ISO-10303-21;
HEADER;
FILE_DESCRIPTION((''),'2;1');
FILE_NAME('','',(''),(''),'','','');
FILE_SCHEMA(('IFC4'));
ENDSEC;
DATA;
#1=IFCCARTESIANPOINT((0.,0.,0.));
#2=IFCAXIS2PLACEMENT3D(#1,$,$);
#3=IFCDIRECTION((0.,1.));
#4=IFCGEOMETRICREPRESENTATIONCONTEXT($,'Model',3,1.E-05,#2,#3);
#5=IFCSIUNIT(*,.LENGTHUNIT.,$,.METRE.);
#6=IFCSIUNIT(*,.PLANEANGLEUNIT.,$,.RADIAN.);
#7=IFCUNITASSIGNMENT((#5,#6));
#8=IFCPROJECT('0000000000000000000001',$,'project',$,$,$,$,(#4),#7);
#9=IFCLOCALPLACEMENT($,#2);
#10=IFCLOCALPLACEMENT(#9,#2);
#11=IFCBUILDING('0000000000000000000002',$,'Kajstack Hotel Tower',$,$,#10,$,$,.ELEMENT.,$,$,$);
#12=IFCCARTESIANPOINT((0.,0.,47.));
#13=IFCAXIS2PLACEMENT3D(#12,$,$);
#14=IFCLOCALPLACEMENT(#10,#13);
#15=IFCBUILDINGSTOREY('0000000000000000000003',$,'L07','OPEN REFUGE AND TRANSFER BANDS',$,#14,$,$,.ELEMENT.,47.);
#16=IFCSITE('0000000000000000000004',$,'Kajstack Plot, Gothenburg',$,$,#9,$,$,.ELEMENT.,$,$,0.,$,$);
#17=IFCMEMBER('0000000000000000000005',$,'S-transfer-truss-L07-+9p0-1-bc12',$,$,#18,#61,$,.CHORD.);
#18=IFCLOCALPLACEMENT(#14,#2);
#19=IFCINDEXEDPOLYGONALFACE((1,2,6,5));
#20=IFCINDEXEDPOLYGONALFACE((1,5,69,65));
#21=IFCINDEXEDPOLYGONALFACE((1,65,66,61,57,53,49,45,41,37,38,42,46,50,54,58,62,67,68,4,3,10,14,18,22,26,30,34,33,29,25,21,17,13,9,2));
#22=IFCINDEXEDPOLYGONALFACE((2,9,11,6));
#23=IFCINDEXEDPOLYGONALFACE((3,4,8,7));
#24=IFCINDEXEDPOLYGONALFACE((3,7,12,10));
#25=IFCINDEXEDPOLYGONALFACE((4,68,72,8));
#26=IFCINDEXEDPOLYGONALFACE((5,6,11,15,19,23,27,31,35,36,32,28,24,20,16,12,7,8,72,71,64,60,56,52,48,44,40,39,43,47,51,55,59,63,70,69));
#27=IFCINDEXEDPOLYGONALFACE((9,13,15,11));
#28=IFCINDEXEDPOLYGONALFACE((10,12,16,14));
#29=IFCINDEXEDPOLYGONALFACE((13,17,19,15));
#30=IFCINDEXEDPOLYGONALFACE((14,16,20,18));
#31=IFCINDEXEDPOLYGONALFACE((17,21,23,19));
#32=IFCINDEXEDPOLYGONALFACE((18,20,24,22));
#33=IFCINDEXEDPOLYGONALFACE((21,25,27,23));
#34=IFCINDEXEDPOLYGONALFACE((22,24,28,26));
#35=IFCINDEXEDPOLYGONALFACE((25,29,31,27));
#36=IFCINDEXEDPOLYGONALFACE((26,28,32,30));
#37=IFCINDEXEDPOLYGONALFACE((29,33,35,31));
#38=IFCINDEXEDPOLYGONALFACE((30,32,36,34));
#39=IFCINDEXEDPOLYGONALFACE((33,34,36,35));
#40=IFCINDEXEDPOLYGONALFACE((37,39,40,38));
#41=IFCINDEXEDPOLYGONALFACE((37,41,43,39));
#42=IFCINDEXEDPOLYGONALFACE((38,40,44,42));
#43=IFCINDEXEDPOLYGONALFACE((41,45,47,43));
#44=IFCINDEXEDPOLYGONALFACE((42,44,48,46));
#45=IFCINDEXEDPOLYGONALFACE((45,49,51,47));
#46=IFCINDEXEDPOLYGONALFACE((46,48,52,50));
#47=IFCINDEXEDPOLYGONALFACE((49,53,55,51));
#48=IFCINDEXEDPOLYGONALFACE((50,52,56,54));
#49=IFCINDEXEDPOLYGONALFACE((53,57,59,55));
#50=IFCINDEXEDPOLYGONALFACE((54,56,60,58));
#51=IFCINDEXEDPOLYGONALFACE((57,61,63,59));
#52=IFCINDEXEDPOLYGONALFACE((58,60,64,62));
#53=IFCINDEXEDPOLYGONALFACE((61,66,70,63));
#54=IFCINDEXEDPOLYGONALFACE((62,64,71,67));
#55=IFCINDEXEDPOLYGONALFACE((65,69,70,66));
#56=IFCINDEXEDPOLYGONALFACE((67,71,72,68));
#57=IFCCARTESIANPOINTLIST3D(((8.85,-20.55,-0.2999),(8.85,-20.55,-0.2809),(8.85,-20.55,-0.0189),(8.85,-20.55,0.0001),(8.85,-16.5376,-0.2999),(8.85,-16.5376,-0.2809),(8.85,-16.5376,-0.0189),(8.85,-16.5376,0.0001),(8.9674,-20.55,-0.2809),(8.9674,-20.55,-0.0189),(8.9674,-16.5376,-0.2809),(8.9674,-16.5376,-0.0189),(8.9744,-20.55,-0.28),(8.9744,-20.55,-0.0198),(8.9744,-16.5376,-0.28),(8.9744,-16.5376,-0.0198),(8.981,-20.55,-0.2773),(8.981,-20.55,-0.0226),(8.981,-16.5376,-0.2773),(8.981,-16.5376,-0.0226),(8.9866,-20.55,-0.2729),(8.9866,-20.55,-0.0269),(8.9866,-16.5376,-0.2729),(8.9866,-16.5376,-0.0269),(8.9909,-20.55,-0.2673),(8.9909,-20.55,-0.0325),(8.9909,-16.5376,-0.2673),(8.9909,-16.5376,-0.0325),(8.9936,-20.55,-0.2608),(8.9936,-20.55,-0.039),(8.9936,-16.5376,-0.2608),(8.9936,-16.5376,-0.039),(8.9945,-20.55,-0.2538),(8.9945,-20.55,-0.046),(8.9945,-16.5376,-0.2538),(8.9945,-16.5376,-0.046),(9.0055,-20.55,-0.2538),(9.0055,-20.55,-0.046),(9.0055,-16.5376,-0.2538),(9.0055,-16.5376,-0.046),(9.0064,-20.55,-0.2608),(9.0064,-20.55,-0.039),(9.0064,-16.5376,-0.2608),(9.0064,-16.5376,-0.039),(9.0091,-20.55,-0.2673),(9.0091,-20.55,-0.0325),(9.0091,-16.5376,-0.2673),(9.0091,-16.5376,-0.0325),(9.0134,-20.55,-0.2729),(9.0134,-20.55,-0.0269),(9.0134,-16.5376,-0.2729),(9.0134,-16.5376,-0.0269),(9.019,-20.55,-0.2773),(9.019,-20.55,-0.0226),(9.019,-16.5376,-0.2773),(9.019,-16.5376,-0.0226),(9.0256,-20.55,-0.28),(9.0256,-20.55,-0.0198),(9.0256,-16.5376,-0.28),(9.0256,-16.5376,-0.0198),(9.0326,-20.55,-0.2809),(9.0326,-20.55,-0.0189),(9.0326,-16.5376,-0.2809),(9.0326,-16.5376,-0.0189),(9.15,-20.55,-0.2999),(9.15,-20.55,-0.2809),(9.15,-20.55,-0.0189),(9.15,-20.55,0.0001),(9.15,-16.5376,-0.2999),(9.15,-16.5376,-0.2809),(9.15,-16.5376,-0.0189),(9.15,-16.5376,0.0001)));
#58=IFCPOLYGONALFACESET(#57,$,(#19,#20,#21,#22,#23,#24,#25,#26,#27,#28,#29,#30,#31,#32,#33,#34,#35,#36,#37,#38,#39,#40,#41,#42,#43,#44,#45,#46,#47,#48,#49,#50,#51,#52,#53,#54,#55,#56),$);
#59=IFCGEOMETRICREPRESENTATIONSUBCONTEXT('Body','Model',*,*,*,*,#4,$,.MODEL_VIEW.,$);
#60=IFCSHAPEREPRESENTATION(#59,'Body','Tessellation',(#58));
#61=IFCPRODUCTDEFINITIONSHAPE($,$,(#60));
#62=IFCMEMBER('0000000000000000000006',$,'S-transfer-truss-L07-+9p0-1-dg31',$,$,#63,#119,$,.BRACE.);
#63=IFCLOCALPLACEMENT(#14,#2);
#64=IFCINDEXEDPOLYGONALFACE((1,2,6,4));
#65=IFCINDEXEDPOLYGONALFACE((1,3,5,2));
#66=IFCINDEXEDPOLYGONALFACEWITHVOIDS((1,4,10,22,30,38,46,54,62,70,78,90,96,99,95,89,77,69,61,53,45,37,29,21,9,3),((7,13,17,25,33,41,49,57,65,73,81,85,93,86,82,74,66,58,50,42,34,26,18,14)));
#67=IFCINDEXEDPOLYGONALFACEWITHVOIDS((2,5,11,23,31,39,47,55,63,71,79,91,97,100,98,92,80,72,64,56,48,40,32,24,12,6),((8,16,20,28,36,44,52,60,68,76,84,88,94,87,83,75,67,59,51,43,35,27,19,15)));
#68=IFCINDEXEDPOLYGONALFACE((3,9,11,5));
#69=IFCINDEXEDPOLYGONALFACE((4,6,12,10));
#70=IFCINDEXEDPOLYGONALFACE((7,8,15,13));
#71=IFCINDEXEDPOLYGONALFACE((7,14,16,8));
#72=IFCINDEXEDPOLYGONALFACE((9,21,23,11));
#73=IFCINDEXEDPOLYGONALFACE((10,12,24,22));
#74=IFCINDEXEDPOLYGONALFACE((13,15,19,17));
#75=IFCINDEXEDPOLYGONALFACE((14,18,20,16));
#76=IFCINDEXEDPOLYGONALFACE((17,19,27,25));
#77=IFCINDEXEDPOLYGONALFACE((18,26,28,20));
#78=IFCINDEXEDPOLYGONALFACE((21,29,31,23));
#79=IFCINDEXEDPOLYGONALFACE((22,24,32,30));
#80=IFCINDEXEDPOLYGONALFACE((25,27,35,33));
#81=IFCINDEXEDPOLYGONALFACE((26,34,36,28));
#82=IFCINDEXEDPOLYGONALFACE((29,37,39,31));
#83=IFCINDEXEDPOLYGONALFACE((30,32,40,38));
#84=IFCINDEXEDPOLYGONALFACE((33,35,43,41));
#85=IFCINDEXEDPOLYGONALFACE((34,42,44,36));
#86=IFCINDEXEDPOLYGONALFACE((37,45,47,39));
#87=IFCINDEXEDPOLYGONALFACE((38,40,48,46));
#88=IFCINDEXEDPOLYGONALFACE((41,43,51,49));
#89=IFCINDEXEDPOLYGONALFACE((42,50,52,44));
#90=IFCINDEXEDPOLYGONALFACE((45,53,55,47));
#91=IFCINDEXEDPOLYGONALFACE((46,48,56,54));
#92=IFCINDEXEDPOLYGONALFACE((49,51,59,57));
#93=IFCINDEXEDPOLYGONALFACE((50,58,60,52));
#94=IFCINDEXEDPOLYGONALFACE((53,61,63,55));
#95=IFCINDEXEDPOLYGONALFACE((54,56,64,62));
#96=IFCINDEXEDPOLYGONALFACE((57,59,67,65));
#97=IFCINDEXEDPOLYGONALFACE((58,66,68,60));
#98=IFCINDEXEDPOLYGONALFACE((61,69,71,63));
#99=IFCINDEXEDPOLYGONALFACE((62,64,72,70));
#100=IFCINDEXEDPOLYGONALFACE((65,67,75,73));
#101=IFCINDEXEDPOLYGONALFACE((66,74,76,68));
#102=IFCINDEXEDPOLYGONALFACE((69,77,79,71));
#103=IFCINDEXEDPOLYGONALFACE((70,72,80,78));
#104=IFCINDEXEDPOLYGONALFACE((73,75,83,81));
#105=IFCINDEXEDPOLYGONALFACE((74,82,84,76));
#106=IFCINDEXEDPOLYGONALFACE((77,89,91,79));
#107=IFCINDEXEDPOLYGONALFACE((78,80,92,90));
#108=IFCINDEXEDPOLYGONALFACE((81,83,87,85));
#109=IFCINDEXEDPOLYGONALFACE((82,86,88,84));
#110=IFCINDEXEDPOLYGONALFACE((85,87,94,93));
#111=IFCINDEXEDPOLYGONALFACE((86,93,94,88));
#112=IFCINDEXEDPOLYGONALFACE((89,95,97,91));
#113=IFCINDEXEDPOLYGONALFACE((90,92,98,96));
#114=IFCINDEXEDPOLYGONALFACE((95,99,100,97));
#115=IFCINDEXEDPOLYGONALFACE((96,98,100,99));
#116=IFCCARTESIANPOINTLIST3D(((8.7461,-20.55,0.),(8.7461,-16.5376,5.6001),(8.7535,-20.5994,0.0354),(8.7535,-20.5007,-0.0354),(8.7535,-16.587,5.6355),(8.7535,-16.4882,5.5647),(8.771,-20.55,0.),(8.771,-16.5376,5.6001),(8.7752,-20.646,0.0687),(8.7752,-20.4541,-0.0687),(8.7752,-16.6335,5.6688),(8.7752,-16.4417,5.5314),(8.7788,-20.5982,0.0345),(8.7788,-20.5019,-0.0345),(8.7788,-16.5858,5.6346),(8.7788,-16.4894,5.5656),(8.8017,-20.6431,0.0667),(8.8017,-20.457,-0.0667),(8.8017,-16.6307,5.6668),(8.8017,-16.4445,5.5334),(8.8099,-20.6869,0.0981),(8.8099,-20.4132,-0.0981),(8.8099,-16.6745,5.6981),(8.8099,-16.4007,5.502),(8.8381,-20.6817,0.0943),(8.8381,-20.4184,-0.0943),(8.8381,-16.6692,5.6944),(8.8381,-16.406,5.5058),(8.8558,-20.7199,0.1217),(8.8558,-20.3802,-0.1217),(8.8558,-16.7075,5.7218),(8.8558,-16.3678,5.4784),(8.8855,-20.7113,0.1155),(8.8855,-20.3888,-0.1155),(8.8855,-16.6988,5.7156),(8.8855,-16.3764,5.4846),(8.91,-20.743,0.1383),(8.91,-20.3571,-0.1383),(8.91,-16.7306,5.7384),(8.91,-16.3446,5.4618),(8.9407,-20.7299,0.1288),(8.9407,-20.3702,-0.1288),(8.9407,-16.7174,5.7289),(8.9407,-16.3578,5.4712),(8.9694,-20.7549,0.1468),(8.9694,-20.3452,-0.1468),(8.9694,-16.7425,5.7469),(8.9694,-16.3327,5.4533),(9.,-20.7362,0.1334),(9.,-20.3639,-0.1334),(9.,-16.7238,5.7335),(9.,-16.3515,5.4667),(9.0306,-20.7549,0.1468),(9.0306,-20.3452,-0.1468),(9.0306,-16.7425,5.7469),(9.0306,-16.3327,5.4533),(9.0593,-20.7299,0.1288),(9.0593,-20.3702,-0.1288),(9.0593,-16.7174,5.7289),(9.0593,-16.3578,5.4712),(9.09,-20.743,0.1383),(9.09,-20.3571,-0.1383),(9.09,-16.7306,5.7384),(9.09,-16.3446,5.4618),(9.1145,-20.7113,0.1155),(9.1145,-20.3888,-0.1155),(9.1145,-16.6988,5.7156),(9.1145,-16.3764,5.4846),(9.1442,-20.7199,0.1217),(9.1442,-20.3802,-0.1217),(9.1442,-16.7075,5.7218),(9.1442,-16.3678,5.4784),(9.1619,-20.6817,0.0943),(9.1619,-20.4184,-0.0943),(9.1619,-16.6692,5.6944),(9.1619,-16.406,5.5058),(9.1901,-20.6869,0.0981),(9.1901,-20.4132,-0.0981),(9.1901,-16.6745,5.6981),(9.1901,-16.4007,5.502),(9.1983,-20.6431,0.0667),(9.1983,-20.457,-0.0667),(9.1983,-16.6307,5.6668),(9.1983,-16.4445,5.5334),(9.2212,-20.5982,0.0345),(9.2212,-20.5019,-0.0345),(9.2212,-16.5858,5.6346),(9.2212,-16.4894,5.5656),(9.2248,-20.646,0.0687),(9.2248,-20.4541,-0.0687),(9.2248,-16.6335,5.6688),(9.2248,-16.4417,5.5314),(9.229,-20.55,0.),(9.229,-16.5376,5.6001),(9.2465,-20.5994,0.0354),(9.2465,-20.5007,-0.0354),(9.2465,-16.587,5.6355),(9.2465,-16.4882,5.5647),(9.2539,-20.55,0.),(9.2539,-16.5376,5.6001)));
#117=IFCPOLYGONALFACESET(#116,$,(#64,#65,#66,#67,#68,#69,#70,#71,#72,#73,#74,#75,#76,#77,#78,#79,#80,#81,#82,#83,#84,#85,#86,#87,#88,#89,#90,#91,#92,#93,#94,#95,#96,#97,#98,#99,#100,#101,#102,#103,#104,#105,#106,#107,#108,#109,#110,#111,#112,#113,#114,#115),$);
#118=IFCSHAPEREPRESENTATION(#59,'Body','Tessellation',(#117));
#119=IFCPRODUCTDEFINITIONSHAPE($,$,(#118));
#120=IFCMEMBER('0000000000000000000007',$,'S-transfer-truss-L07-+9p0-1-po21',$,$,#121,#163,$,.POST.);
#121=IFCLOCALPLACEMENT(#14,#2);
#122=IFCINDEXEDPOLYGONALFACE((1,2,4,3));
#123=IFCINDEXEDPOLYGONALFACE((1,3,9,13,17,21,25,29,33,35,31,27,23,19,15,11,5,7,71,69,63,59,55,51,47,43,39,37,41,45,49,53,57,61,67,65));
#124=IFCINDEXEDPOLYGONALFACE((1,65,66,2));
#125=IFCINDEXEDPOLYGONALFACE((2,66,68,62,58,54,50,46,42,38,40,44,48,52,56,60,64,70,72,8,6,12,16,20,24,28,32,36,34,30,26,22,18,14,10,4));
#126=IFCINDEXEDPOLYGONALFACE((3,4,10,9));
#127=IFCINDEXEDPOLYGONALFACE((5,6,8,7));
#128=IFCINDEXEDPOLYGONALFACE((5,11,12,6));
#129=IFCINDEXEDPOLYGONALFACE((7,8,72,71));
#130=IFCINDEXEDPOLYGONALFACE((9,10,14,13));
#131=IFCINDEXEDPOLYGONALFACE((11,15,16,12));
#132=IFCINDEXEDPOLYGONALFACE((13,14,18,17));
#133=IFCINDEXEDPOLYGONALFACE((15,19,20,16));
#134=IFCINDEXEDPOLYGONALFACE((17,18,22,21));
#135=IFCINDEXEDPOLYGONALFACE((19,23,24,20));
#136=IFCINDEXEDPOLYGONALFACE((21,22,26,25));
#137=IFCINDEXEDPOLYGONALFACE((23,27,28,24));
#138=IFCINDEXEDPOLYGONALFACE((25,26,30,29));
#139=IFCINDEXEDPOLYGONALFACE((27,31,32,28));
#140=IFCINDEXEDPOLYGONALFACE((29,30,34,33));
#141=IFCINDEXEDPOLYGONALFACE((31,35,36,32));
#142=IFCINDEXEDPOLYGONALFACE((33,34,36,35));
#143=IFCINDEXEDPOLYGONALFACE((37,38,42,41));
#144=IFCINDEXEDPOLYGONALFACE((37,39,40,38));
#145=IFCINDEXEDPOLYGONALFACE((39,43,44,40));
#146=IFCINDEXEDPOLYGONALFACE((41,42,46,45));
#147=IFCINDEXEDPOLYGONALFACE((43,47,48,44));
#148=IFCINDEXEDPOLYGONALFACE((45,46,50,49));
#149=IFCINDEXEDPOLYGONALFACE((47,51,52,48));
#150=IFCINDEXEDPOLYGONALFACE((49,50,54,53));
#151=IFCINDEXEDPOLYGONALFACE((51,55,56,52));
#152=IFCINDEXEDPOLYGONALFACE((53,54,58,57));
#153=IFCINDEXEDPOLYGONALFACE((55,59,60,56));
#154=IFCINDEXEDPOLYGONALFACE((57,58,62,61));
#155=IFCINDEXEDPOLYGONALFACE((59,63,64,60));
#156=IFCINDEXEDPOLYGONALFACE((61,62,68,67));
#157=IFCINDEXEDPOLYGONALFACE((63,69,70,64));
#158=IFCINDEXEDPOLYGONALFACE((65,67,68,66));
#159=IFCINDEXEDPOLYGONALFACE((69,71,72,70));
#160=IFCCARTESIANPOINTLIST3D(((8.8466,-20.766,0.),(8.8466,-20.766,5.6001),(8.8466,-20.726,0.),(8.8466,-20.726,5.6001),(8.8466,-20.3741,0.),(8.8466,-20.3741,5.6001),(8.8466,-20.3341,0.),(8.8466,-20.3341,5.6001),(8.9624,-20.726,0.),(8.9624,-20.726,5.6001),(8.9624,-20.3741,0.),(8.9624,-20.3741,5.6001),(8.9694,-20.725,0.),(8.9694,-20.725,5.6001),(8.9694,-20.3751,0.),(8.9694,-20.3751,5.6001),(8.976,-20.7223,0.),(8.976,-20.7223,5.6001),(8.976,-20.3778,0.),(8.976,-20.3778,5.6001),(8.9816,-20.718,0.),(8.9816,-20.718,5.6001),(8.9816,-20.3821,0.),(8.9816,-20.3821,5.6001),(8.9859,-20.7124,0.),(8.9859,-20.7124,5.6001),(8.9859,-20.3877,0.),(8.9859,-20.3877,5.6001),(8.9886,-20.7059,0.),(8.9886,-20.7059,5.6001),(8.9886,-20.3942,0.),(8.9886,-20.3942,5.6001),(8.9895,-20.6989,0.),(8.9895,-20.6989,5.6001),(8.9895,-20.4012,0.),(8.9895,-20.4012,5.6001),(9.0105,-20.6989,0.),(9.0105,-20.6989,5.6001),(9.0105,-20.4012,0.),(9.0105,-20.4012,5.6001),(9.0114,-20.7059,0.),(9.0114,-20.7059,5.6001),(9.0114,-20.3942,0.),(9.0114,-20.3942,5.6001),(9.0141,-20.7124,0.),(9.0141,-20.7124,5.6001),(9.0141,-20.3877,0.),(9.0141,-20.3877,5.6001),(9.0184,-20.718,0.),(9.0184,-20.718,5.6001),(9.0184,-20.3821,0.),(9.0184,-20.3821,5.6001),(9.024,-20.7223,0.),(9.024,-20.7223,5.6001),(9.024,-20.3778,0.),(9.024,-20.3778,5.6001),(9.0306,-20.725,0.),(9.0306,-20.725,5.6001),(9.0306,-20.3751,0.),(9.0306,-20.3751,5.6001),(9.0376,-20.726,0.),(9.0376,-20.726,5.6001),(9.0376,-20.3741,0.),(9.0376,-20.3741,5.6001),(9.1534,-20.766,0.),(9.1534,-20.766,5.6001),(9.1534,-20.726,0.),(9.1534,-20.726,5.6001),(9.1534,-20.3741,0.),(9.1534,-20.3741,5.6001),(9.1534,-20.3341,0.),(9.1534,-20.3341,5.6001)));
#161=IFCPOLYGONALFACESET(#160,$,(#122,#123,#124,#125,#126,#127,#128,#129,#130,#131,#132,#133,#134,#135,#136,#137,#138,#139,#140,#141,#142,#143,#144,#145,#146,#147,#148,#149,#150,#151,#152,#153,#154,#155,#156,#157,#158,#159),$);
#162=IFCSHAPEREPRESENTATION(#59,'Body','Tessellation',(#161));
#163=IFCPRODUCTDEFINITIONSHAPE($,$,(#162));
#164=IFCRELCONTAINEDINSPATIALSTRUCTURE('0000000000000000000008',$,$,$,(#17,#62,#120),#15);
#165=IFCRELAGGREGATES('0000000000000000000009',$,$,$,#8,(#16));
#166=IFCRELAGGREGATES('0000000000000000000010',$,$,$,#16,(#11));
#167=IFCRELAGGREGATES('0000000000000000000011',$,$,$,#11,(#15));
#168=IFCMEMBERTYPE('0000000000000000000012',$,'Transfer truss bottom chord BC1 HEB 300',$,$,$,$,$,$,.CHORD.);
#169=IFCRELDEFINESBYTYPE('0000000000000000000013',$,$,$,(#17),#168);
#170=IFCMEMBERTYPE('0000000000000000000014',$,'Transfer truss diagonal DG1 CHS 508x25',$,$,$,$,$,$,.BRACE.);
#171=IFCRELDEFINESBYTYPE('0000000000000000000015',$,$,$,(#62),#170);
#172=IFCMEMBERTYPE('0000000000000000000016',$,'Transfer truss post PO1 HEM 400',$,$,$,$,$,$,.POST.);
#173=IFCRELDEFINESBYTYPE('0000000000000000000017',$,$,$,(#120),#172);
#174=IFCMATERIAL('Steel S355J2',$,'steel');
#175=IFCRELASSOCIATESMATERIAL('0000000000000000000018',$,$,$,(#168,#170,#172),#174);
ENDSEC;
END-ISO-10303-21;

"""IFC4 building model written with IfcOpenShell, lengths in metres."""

from ifc_helpers import new_model, si_unit, direction, frame, origin, origin_2d, place, context, subcontext, project, spatial, hollow_circle, i_section, extrude, material, material_profile, profile_set, type_object, element, save


model = new_model("IFC4")

# Units and contexts
model_context = context("Model", 3, precision=1e-05, world=origin(), true_north=direction((0.0, 1.0)))
body_context = subcontext(model_context, "Body", "Model", "MODEL_VIEW")
ifc_project = project(units=[si_unit("LENGTHUNIT", "METRE"), si_unit("PLANEANGLEUNIT", "RADIAN")], contexts=[model_context])

# Site, building, storey
site_placement = place(None, origin())
site = spatial("IfcSite", under=ifc_project, at=site_placement, Name="Kajstack Plot, Gothenburg", CompositionType="ELEMENT", RefElevation=0.0)
building_placement = place(site_placement, origin())
building = spatial("IfcBuilding", under=site, at=building_placement, Name="Kajstack Hotel Tower", CompositionType="ELEMENT")
storey_placement = place(building_placement, frame((0.0, 0.0, 47.0)))
storey = spatial("IfcBuildingStorey", under=building, at=storey_placement, Name="L07", Description="OPEN REFUGE AND TRANSFER BANDS", CompositionType="ELEMENT", Elevation=47.0)

# Members
ifc_material_1 = material(Name="Steel S355J2", Category="steel")
ifc_material_profile_1 = material_profile(ifc_material_1, i_section(OverallWidth=0.3, OverallDepth=0.3, WebThickness=0.011, FlangeThickness=0.019, FilletRadius=0.0271, at=origin_2d()), Name="HEB 300")
ifc_profile_set_1 = profile_set([ifc_material_profile_1], Name="Steel S355J2")
member_type_1 = type_object("IfcMemberType", Name="Transfer truss bottom chord BC1 HEB 300", PredefinedType="CHORD", material=ifc_profile_set_1)
member_1_placement = place(storey_placement, frame((9.0, -20.55, -0.1499), z_axis=(0.0, 1.0, 0.0), x_axis=(-1.0, 0.0, 0.0)))
element("IfcMember", 1, at=member_1_placement, inside=storey, type_object=member_type_1, Name="S-transfer-truss-L07-+9p0-1-bc12", PredefinedType="CHORD", context=body_context, shape_type="SweptSolid", body=[
    extrude(i_section(OverallWidth=0.3, OverallDepth=0.3, WebThickness=0.011, FlangeThickness=0.019, FilletRadius=0.0271, at=origin_2d()), origin(), (0.0, 0.0, 1.0), 4.0125),
])
ifc_material_profile_2 = material_profile(ifc_material_1, hollow_circle(Radius=0.2539, WallThickness=0.0249, at=origin_2d()), Name="CHS 508x25")
ifc_profile_set_2 = profile_set([ifc_material_profile_2], Name="Steel S355J2")
member_type_2 = type_object("IfcMemberType", Name="Transfer truss diagonal DG1 CHS 508x25", PredefinedType="BRACE", material=ifc_profile_set_2)
member_2_placement = place(storey_placement, frame((9.0, -20.55, 0.0), z_axis=(0.0, 0.582428, 0.812883), x_axis=(-1.0, 0.0, 0.0)))
element("IfcMember", 2, at=member_2_placement, inside=storey, type_object=member_type_2, Name="S-transfer-truss-L07-+9p0-1-dg31", PredefinedType="BRACE", context=body_context, shape_type="SweptSolid", body=[
    extrude(hollow_circle(Radius=0.2539, WallThickness=0.0249, at=origin_2d()), origin(), (0.0, 0.0, 1.0), 6.8892),
])
ifc_material_profile_3 = material_profile(ifc_material_1, i_section(OverallWidth=0.3069, OverallDepth=0.4319, WebThickness=0.021, FlangeThickness=0.04, FilletRadius=0.0271, at=origin_2d()), Name="HEM 400")
ifc_profile_set_3 = profile_set([ifc_material_profile_3], Name="Steel S355J2")
member_type_3 = type_object("IfcMemberType", Name="Transfer truss post PO1 HEM 400", PredefinedType="POST", material=ifc_profile_set_3)
member_3_placement = place(storey_placement, frame((9.0, -20.55, 0.0), z_axis=(0.0, 0.0, 1.0), x_axis=(1.0, 0.0, 0.0)))
element("IfcMember", 3, at=member_3_placement, inside=storey, type_object=member_type_3, Name="S-transfer-truss-L07-+9p0-1-po21", PredefinedType="POST", context=body_context, shape_type="SweptSolid", body=[
    extrude(i_section(OverallWidth=0.3069, OverallDepth=0.4319, WebThickness=0.021, FlangeThickness=0.04, FilletRadius=0.0271, at=origin_2d()), origin(), (0.0, 0.0, 1.0), 5.6001),
])

save(model, "model.ifc")
